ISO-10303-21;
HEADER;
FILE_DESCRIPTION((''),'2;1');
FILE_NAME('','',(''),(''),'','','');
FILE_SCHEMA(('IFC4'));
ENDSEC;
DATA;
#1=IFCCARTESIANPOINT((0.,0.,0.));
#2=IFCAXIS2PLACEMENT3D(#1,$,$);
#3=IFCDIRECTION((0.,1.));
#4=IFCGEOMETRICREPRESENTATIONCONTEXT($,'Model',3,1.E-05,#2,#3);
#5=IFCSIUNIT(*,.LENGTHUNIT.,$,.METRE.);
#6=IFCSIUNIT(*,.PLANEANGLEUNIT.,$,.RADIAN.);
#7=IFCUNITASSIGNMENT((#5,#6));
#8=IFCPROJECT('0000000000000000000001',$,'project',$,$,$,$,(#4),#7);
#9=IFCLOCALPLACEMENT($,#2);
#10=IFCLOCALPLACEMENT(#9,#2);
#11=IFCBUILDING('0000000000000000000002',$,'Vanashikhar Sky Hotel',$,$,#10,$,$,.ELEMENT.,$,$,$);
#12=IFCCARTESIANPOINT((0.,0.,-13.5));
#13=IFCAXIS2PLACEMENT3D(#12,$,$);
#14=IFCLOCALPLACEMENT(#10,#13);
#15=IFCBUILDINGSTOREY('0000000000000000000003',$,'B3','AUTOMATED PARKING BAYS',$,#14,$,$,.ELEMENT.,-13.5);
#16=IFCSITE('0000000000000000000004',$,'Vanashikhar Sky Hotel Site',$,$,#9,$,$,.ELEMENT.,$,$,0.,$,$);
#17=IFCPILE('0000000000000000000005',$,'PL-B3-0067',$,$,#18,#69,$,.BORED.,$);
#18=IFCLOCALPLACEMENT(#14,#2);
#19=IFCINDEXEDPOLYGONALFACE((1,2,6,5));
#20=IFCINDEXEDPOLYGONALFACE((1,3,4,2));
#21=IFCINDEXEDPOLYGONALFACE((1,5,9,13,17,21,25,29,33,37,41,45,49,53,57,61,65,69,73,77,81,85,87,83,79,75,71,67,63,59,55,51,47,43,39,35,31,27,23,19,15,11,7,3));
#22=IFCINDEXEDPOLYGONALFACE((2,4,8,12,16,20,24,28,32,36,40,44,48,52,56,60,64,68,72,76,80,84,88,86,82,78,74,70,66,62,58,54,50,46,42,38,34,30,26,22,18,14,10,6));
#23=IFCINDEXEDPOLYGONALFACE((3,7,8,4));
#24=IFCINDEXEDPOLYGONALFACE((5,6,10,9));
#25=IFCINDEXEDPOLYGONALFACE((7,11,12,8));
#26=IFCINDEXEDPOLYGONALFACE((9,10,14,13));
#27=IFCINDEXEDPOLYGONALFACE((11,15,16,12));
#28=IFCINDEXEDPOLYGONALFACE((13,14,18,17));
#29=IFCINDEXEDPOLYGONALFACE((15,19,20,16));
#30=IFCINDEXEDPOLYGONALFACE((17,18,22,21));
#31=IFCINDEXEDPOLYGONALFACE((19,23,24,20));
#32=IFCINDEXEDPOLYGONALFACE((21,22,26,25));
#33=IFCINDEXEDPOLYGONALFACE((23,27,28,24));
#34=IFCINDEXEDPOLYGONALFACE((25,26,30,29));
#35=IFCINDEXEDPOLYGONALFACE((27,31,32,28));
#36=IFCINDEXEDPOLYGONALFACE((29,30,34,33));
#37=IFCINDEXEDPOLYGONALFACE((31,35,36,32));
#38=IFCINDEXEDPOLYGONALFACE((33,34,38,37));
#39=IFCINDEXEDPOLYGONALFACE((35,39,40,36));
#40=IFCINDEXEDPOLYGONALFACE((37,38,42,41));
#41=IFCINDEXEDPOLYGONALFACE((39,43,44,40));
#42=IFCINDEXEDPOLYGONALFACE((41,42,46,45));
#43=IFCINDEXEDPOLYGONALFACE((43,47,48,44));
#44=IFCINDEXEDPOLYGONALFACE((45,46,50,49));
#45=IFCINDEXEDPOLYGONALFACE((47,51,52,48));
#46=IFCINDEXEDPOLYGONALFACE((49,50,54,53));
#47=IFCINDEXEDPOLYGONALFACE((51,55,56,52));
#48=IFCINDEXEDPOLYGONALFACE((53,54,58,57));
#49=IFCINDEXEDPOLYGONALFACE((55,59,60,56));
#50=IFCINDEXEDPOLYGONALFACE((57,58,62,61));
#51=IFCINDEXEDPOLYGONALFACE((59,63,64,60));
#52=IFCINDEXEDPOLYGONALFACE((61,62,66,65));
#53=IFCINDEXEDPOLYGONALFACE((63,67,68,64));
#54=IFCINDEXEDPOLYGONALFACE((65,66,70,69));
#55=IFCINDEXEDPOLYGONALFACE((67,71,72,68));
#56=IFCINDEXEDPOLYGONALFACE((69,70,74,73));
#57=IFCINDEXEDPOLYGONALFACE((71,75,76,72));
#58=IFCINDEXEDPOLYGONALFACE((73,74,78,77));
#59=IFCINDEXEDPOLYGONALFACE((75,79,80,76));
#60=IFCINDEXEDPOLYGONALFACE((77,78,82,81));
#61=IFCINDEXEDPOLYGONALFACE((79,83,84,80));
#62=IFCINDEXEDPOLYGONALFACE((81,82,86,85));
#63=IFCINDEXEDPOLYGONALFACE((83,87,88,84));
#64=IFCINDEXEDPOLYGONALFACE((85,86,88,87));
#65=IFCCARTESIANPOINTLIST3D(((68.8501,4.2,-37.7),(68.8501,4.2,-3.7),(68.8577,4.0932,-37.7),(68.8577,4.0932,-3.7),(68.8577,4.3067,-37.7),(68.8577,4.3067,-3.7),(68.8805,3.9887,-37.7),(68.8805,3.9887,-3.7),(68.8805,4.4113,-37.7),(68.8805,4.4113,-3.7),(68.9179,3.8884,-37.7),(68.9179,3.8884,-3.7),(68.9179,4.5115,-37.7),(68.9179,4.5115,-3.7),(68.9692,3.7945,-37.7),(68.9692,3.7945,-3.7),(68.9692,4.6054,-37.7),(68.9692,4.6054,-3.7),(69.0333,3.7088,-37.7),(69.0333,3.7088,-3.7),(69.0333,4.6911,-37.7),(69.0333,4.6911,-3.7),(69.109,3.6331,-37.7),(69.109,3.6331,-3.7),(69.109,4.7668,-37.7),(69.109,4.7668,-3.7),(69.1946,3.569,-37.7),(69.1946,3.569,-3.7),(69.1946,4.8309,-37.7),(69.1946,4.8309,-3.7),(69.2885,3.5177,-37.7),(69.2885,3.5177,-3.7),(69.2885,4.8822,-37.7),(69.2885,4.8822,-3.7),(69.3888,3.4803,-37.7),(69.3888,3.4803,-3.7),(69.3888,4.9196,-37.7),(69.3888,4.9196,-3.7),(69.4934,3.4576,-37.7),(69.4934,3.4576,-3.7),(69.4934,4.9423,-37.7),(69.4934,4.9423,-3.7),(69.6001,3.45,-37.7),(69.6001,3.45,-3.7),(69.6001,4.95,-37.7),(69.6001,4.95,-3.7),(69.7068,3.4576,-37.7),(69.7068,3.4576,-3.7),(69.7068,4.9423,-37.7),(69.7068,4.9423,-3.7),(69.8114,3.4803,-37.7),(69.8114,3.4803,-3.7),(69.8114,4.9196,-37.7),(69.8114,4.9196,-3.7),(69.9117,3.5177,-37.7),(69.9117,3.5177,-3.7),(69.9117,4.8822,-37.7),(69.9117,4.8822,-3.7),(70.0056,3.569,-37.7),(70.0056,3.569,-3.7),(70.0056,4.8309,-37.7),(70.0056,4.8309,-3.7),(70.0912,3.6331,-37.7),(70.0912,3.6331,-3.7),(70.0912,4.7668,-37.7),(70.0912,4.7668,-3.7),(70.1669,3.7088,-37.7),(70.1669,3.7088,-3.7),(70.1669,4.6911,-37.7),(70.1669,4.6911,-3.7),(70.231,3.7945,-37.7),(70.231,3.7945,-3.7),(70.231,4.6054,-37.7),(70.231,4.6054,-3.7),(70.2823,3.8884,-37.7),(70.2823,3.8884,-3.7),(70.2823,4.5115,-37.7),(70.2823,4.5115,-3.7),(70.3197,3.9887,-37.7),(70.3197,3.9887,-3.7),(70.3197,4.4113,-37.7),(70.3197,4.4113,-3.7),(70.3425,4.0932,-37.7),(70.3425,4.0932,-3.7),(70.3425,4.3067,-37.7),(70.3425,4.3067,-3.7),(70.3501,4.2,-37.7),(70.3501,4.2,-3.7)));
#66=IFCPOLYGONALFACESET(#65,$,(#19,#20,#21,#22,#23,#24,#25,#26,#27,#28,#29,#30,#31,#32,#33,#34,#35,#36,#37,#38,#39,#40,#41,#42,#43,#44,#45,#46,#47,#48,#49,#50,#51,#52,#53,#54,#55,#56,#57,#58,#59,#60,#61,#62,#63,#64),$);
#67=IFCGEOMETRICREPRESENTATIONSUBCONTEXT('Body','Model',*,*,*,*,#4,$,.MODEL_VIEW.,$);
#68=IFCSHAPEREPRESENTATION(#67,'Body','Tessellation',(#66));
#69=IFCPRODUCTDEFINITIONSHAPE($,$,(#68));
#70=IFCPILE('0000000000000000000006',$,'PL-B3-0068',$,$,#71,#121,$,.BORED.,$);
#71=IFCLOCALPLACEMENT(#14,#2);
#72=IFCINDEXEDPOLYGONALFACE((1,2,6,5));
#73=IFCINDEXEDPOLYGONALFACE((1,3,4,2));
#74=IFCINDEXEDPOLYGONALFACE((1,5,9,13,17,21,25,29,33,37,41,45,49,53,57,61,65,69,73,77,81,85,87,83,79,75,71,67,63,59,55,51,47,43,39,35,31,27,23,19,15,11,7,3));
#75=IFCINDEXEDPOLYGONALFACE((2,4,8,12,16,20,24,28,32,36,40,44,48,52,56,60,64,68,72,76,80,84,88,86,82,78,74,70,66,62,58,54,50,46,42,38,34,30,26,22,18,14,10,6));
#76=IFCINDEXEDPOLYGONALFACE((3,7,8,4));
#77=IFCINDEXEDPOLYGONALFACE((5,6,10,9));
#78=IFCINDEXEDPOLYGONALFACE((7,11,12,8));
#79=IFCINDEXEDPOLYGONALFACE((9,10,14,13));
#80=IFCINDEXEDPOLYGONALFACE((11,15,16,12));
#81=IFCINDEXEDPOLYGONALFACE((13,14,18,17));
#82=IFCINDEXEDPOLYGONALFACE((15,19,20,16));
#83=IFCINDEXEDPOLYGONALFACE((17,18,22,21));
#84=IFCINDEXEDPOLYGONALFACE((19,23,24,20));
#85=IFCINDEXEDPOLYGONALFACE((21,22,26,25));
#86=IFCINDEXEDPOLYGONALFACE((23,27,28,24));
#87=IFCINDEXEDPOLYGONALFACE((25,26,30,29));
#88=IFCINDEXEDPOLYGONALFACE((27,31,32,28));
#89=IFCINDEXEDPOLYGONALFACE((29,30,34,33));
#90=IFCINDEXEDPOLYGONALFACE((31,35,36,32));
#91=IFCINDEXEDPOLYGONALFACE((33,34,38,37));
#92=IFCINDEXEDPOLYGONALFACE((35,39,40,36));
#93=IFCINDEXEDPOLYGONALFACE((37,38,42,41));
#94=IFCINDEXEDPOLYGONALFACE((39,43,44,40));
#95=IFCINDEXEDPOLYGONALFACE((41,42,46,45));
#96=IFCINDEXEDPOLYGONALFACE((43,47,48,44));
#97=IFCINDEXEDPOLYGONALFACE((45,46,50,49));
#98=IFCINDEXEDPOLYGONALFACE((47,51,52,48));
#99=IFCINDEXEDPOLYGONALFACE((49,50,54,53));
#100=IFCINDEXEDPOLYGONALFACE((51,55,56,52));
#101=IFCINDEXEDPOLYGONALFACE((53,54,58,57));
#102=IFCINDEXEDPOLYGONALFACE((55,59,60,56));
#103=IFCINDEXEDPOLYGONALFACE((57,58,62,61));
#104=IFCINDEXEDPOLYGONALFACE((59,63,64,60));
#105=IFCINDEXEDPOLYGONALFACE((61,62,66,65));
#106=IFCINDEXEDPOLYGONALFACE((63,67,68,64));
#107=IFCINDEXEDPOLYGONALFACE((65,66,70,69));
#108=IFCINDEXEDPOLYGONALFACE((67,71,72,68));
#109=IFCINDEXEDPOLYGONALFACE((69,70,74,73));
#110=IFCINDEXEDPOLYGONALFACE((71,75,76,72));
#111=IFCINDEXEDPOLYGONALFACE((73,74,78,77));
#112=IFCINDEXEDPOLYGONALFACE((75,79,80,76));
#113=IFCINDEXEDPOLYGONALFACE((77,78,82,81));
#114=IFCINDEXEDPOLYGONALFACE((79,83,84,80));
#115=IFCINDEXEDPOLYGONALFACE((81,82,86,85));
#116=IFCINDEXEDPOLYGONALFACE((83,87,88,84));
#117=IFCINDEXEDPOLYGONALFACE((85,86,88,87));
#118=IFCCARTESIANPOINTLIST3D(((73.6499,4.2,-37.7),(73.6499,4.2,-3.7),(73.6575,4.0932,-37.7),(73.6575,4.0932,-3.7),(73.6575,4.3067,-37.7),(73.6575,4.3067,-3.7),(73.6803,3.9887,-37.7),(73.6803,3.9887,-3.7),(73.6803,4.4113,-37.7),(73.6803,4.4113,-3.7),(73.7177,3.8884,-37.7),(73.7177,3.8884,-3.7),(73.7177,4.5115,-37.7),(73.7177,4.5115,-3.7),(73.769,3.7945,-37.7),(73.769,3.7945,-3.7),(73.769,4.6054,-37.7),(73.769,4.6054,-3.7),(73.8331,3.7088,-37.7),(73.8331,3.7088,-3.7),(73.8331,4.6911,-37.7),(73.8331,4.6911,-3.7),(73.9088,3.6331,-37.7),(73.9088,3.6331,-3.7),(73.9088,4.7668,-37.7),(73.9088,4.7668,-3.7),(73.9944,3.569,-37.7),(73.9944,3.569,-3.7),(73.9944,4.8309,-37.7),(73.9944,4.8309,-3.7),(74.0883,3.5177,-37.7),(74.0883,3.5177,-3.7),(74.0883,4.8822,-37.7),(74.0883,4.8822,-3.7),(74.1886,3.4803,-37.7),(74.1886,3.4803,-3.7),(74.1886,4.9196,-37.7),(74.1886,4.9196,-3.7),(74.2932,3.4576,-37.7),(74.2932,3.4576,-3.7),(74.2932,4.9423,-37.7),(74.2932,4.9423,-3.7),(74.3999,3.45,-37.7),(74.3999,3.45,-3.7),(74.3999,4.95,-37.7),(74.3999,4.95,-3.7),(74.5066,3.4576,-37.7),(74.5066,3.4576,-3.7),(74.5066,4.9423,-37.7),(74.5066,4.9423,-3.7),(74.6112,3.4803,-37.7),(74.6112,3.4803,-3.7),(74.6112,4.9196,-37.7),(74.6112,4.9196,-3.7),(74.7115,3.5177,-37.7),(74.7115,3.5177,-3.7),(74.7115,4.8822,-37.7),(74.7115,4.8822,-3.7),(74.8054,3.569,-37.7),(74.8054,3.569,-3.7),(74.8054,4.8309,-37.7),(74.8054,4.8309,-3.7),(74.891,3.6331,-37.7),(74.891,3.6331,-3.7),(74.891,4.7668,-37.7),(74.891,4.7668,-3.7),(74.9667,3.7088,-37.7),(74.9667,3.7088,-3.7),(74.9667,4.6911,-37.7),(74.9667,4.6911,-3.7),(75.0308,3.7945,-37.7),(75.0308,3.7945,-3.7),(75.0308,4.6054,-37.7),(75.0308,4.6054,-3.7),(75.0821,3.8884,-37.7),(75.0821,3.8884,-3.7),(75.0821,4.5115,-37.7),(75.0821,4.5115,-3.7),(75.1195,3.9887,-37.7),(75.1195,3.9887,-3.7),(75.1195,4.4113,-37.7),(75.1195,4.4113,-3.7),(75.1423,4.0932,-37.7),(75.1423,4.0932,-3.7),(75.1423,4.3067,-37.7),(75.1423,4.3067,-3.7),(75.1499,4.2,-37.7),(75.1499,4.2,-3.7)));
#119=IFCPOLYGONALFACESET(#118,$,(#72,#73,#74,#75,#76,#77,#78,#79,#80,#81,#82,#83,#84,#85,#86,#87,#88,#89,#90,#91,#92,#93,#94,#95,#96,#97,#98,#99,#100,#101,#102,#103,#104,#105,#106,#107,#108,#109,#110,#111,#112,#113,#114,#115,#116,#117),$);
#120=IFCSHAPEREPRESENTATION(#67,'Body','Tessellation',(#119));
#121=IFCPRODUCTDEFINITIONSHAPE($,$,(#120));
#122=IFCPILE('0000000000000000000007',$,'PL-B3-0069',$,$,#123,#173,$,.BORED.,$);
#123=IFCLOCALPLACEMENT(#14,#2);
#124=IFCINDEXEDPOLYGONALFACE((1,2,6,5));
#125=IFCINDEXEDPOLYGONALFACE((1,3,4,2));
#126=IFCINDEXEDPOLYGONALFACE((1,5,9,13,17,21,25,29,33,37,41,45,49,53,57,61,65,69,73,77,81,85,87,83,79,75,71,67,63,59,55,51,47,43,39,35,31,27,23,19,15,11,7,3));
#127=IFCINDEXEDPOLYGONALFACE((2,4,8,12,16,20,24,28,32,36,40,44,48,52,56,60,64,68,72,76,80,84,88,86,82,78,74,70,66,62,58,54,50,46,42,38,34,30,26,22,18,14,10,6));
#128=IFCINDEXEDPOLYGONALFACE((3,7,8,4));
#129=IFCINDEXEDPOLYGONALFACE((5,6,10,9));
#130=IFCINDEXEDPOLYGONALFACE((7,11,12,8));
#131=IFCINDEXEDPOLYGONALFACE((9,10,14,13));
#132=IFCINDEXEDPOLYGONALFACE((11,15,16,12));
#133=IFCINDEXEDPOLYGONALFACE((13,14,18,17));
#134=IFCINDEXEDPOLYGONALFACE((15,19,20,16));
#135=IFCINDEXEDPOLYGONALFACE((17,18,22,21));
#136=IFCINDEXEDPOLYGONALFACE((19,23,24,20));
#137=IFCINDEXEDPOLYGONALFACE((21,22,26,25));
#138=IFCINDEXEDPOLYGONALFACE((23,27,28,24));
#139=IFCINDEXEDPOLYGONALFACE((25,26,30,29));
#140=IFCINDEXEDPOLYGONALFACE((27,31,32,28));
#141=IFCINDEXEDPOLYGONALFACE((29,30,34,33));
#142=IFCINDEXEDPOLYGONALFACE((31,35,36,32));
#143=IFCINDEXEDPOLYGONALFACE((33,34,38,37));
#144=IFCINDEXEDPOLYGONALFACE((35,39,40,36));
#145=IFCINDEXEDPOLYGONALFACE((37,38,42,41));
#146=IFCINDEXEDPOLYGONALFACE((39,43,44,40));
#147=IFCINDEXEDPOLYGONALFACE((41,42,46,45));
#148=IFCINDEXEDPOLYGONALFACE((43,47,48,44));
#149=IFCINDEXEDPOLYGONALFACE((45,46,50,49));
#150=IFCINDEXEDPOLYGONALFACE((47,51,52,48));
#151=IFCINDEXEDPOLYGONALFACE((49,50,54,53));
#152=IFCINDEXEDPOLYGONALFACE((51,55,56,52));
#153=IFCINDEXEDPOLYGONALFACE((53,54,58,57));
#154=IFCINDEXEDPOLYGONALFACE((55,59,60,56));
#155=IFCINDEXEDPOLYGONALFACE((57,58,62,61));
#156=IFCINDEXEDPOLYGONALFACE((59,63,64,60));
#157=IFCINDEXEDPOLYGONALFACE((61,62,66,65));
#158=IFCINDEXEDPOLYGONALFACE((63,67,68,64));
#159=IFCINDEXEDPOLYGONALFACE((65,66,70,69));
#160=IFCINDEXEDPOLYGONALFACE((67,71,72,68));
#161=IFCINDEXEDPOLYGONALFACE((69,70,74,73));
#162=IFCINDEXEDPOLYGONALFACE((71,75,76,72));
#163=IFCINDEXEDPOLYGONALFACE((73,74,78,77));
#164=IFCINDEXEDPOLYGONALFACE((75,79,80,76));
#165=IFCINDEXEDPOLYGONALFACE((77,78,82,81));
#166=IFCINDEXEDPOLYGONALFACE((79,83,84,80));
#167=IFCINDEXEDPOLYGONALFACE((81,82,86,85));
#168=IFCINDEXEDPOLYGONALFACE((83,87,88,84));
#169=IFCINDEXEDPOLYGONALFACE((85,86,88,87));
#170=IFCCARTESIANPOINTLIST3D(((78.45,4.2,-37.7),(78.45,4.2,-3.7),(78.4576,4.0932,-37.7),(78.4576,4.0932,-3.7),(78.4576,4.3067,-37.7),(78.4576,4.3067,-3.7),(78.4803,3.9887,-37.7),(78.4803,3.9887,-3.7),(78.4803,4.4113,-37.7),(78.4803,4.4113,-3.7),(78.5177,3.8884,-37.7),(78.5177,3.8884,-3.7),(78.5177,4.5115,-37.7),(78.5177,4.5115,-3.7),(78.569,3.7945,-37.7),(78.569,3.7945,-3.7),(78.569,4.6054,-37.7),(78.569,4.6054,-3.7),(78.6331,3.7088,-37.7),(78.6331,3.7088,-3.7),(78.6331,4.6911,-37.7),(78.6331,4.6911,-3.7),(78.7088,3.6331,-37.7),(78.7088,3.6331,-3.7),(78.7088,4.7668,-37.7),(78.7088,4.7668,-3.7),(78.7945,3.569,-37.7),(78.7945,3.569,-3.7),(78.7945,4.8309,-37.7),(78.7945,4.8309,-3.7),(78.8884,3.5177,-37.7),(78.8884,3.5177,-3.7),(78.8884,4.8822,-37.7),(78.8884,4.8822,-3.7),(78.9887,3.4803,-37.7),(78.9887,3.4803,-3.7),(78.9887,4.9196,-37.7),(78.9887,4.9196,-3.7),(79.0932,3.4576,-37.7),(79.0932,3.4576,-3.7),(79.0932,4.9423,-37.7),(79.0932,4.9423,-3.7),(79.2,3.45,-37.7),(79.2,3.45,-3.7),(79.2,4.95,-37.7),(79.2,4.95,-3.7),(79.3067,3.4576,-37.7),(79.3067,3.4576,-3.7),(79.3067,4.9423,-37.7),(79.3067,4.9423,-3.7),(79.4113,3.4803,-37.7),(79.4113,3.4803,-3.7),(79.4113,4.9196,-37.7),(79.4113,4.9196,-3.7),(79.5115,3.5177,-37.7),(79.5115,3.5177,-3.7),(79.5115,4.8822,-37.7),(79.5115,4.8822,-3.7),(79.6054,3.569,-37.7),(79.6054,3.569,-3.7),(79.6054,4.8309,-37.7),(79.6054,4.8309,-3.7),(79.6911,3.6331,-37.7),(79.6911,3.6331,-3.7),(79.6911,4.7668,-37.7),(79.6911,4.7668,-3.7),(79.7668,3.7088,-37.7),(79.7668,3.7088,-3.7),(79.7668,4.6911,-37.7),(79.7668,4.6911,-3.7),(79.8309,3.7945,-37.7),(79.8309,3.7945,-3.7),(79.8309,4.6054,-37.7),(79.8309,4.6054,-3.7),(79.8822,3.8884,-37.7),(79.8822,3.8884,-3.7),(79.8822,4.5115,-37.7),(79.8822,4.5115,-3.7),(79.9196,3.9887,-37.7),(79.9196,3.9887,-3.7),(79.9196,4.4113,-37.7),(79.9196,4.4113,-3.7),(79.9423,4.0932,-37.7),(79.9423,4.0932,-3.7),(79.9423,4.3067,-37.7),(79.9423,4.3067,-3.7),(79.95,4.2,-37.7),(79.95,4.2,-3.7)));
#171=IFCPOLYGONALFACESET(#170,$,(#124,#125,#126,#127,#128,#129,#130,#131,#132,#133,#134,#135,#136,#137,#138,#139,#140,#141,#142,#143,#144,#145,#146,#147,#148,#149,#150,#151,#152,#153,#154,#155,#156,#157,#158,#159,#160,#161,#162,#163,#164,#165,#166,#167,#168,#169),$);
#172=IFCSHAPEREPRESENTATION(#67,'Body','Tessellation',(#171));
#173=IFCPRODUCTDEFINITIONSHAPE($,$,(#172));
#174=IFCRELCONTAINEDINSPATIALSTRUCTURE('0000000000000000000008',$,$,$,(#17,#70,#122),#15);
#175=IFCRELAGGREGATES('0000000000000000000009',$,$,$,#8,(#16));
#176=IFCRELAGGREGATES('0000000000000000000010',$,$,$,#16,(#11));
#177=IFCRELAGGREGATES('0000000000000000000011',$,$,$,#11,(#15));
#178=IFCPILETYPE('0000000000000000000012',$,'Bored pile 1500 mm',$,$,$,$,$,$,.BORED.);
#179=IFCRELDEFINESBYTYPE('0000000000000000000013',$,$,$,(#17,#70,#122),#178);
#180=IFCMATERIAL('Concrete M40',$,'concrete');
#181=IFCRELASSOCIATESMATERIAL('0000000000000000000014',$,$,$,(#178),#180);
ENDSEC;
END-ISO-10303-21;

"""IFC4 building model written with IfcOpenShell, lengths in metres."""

from ifc_helpers import new_model, si_unit, direction, frame, origin, origin_2d, place, context, subcontext, project, spatial, circle, extrude, source, transform, mapped, material, type_object, element, save


model = new_model("IFC4")

# Units and contexts
model_context = context("Model", 3, precision=1e-05, world=origin(), true_north=direction((0.0, 1.0)))
body_context = subcontext(model_context, "Body", "Model", "MODEL_VIEW")
ifc_project = project(units=[si_unit("LENGTHUNIT", "METRE"), si_unit("PLANEANGLEUNIT", "RADIAN")], contexts=[model_context])

# Site, building, storey
site_placement = place(None, origin())
site = spatial("IfcSite", under=ifc_project, at=site_placement, Name="Vanashikhar Sky Hotel Site", CompositionType="ELEMENT", RefElevation=0.0)
building_placement = place(site_placement, origin())
building = spatial("IfcBuilding", under=site, at=building_placement, Name="Vanashikhar Sky Hotel", CompositionType="ELEMENT")
storey_placement = place(building_placement, frame((0.0, 0.0, -13.5)))
storey = spatial("IfcBuildingStorey", under=building, at=storey_placement, Name="B3", Description="AUTOMATED PARKING BAYS", CompositionType="ELEMENT", Elevation=-13.5)

# Piles
ifc_material_1 = material(Name="Concrete M40", Category="concrete")
pile_type = type_object("IfcPileType", Name="Bored pile 1500 mm", PredefinedType="BORED", material=ifc_material_1)
shared_shape_1 = source(origin(), body_context, "Body", "SweptSolid", [
    extrude(circle(Radius=0.75, at=origin_2d()), origin(), (0.0, 0.0, 1.0), 34.0),
])
for number, where, z_axis, x_axis, name in (
    (1, (69.6001, 4.2, -3.7), (0.0, 0.0, -1.0), (1.0, 0.0, 0.0), "PL-B3-0067"),
    (2, (74.3999, 4.2, -3.7), (0.0, 0.0, -1.0), (1.0, 0.0, 0.0), "PL-B3-0068"),
    (3, (79.2, 4.2, -3.7), (0.0, 0.0, -1.0), (1.0, 0.0, 0.0), "PL-B3-0069"),
):
    element("IfcPile", number, at=place(storey_placement, frame(where, z_axis=z_axis, x_axis=x_axis)), inside=storey, type_object=pile_type, Name=name, PredefinedType="BORED", context=body_context, shape_type="MappedRepresentation", body=[
        mapped(shared_shape_1, transform((0.0, 0.0, 0.0), scale=1.0)),
    ])

save(model, "model.ifc")
